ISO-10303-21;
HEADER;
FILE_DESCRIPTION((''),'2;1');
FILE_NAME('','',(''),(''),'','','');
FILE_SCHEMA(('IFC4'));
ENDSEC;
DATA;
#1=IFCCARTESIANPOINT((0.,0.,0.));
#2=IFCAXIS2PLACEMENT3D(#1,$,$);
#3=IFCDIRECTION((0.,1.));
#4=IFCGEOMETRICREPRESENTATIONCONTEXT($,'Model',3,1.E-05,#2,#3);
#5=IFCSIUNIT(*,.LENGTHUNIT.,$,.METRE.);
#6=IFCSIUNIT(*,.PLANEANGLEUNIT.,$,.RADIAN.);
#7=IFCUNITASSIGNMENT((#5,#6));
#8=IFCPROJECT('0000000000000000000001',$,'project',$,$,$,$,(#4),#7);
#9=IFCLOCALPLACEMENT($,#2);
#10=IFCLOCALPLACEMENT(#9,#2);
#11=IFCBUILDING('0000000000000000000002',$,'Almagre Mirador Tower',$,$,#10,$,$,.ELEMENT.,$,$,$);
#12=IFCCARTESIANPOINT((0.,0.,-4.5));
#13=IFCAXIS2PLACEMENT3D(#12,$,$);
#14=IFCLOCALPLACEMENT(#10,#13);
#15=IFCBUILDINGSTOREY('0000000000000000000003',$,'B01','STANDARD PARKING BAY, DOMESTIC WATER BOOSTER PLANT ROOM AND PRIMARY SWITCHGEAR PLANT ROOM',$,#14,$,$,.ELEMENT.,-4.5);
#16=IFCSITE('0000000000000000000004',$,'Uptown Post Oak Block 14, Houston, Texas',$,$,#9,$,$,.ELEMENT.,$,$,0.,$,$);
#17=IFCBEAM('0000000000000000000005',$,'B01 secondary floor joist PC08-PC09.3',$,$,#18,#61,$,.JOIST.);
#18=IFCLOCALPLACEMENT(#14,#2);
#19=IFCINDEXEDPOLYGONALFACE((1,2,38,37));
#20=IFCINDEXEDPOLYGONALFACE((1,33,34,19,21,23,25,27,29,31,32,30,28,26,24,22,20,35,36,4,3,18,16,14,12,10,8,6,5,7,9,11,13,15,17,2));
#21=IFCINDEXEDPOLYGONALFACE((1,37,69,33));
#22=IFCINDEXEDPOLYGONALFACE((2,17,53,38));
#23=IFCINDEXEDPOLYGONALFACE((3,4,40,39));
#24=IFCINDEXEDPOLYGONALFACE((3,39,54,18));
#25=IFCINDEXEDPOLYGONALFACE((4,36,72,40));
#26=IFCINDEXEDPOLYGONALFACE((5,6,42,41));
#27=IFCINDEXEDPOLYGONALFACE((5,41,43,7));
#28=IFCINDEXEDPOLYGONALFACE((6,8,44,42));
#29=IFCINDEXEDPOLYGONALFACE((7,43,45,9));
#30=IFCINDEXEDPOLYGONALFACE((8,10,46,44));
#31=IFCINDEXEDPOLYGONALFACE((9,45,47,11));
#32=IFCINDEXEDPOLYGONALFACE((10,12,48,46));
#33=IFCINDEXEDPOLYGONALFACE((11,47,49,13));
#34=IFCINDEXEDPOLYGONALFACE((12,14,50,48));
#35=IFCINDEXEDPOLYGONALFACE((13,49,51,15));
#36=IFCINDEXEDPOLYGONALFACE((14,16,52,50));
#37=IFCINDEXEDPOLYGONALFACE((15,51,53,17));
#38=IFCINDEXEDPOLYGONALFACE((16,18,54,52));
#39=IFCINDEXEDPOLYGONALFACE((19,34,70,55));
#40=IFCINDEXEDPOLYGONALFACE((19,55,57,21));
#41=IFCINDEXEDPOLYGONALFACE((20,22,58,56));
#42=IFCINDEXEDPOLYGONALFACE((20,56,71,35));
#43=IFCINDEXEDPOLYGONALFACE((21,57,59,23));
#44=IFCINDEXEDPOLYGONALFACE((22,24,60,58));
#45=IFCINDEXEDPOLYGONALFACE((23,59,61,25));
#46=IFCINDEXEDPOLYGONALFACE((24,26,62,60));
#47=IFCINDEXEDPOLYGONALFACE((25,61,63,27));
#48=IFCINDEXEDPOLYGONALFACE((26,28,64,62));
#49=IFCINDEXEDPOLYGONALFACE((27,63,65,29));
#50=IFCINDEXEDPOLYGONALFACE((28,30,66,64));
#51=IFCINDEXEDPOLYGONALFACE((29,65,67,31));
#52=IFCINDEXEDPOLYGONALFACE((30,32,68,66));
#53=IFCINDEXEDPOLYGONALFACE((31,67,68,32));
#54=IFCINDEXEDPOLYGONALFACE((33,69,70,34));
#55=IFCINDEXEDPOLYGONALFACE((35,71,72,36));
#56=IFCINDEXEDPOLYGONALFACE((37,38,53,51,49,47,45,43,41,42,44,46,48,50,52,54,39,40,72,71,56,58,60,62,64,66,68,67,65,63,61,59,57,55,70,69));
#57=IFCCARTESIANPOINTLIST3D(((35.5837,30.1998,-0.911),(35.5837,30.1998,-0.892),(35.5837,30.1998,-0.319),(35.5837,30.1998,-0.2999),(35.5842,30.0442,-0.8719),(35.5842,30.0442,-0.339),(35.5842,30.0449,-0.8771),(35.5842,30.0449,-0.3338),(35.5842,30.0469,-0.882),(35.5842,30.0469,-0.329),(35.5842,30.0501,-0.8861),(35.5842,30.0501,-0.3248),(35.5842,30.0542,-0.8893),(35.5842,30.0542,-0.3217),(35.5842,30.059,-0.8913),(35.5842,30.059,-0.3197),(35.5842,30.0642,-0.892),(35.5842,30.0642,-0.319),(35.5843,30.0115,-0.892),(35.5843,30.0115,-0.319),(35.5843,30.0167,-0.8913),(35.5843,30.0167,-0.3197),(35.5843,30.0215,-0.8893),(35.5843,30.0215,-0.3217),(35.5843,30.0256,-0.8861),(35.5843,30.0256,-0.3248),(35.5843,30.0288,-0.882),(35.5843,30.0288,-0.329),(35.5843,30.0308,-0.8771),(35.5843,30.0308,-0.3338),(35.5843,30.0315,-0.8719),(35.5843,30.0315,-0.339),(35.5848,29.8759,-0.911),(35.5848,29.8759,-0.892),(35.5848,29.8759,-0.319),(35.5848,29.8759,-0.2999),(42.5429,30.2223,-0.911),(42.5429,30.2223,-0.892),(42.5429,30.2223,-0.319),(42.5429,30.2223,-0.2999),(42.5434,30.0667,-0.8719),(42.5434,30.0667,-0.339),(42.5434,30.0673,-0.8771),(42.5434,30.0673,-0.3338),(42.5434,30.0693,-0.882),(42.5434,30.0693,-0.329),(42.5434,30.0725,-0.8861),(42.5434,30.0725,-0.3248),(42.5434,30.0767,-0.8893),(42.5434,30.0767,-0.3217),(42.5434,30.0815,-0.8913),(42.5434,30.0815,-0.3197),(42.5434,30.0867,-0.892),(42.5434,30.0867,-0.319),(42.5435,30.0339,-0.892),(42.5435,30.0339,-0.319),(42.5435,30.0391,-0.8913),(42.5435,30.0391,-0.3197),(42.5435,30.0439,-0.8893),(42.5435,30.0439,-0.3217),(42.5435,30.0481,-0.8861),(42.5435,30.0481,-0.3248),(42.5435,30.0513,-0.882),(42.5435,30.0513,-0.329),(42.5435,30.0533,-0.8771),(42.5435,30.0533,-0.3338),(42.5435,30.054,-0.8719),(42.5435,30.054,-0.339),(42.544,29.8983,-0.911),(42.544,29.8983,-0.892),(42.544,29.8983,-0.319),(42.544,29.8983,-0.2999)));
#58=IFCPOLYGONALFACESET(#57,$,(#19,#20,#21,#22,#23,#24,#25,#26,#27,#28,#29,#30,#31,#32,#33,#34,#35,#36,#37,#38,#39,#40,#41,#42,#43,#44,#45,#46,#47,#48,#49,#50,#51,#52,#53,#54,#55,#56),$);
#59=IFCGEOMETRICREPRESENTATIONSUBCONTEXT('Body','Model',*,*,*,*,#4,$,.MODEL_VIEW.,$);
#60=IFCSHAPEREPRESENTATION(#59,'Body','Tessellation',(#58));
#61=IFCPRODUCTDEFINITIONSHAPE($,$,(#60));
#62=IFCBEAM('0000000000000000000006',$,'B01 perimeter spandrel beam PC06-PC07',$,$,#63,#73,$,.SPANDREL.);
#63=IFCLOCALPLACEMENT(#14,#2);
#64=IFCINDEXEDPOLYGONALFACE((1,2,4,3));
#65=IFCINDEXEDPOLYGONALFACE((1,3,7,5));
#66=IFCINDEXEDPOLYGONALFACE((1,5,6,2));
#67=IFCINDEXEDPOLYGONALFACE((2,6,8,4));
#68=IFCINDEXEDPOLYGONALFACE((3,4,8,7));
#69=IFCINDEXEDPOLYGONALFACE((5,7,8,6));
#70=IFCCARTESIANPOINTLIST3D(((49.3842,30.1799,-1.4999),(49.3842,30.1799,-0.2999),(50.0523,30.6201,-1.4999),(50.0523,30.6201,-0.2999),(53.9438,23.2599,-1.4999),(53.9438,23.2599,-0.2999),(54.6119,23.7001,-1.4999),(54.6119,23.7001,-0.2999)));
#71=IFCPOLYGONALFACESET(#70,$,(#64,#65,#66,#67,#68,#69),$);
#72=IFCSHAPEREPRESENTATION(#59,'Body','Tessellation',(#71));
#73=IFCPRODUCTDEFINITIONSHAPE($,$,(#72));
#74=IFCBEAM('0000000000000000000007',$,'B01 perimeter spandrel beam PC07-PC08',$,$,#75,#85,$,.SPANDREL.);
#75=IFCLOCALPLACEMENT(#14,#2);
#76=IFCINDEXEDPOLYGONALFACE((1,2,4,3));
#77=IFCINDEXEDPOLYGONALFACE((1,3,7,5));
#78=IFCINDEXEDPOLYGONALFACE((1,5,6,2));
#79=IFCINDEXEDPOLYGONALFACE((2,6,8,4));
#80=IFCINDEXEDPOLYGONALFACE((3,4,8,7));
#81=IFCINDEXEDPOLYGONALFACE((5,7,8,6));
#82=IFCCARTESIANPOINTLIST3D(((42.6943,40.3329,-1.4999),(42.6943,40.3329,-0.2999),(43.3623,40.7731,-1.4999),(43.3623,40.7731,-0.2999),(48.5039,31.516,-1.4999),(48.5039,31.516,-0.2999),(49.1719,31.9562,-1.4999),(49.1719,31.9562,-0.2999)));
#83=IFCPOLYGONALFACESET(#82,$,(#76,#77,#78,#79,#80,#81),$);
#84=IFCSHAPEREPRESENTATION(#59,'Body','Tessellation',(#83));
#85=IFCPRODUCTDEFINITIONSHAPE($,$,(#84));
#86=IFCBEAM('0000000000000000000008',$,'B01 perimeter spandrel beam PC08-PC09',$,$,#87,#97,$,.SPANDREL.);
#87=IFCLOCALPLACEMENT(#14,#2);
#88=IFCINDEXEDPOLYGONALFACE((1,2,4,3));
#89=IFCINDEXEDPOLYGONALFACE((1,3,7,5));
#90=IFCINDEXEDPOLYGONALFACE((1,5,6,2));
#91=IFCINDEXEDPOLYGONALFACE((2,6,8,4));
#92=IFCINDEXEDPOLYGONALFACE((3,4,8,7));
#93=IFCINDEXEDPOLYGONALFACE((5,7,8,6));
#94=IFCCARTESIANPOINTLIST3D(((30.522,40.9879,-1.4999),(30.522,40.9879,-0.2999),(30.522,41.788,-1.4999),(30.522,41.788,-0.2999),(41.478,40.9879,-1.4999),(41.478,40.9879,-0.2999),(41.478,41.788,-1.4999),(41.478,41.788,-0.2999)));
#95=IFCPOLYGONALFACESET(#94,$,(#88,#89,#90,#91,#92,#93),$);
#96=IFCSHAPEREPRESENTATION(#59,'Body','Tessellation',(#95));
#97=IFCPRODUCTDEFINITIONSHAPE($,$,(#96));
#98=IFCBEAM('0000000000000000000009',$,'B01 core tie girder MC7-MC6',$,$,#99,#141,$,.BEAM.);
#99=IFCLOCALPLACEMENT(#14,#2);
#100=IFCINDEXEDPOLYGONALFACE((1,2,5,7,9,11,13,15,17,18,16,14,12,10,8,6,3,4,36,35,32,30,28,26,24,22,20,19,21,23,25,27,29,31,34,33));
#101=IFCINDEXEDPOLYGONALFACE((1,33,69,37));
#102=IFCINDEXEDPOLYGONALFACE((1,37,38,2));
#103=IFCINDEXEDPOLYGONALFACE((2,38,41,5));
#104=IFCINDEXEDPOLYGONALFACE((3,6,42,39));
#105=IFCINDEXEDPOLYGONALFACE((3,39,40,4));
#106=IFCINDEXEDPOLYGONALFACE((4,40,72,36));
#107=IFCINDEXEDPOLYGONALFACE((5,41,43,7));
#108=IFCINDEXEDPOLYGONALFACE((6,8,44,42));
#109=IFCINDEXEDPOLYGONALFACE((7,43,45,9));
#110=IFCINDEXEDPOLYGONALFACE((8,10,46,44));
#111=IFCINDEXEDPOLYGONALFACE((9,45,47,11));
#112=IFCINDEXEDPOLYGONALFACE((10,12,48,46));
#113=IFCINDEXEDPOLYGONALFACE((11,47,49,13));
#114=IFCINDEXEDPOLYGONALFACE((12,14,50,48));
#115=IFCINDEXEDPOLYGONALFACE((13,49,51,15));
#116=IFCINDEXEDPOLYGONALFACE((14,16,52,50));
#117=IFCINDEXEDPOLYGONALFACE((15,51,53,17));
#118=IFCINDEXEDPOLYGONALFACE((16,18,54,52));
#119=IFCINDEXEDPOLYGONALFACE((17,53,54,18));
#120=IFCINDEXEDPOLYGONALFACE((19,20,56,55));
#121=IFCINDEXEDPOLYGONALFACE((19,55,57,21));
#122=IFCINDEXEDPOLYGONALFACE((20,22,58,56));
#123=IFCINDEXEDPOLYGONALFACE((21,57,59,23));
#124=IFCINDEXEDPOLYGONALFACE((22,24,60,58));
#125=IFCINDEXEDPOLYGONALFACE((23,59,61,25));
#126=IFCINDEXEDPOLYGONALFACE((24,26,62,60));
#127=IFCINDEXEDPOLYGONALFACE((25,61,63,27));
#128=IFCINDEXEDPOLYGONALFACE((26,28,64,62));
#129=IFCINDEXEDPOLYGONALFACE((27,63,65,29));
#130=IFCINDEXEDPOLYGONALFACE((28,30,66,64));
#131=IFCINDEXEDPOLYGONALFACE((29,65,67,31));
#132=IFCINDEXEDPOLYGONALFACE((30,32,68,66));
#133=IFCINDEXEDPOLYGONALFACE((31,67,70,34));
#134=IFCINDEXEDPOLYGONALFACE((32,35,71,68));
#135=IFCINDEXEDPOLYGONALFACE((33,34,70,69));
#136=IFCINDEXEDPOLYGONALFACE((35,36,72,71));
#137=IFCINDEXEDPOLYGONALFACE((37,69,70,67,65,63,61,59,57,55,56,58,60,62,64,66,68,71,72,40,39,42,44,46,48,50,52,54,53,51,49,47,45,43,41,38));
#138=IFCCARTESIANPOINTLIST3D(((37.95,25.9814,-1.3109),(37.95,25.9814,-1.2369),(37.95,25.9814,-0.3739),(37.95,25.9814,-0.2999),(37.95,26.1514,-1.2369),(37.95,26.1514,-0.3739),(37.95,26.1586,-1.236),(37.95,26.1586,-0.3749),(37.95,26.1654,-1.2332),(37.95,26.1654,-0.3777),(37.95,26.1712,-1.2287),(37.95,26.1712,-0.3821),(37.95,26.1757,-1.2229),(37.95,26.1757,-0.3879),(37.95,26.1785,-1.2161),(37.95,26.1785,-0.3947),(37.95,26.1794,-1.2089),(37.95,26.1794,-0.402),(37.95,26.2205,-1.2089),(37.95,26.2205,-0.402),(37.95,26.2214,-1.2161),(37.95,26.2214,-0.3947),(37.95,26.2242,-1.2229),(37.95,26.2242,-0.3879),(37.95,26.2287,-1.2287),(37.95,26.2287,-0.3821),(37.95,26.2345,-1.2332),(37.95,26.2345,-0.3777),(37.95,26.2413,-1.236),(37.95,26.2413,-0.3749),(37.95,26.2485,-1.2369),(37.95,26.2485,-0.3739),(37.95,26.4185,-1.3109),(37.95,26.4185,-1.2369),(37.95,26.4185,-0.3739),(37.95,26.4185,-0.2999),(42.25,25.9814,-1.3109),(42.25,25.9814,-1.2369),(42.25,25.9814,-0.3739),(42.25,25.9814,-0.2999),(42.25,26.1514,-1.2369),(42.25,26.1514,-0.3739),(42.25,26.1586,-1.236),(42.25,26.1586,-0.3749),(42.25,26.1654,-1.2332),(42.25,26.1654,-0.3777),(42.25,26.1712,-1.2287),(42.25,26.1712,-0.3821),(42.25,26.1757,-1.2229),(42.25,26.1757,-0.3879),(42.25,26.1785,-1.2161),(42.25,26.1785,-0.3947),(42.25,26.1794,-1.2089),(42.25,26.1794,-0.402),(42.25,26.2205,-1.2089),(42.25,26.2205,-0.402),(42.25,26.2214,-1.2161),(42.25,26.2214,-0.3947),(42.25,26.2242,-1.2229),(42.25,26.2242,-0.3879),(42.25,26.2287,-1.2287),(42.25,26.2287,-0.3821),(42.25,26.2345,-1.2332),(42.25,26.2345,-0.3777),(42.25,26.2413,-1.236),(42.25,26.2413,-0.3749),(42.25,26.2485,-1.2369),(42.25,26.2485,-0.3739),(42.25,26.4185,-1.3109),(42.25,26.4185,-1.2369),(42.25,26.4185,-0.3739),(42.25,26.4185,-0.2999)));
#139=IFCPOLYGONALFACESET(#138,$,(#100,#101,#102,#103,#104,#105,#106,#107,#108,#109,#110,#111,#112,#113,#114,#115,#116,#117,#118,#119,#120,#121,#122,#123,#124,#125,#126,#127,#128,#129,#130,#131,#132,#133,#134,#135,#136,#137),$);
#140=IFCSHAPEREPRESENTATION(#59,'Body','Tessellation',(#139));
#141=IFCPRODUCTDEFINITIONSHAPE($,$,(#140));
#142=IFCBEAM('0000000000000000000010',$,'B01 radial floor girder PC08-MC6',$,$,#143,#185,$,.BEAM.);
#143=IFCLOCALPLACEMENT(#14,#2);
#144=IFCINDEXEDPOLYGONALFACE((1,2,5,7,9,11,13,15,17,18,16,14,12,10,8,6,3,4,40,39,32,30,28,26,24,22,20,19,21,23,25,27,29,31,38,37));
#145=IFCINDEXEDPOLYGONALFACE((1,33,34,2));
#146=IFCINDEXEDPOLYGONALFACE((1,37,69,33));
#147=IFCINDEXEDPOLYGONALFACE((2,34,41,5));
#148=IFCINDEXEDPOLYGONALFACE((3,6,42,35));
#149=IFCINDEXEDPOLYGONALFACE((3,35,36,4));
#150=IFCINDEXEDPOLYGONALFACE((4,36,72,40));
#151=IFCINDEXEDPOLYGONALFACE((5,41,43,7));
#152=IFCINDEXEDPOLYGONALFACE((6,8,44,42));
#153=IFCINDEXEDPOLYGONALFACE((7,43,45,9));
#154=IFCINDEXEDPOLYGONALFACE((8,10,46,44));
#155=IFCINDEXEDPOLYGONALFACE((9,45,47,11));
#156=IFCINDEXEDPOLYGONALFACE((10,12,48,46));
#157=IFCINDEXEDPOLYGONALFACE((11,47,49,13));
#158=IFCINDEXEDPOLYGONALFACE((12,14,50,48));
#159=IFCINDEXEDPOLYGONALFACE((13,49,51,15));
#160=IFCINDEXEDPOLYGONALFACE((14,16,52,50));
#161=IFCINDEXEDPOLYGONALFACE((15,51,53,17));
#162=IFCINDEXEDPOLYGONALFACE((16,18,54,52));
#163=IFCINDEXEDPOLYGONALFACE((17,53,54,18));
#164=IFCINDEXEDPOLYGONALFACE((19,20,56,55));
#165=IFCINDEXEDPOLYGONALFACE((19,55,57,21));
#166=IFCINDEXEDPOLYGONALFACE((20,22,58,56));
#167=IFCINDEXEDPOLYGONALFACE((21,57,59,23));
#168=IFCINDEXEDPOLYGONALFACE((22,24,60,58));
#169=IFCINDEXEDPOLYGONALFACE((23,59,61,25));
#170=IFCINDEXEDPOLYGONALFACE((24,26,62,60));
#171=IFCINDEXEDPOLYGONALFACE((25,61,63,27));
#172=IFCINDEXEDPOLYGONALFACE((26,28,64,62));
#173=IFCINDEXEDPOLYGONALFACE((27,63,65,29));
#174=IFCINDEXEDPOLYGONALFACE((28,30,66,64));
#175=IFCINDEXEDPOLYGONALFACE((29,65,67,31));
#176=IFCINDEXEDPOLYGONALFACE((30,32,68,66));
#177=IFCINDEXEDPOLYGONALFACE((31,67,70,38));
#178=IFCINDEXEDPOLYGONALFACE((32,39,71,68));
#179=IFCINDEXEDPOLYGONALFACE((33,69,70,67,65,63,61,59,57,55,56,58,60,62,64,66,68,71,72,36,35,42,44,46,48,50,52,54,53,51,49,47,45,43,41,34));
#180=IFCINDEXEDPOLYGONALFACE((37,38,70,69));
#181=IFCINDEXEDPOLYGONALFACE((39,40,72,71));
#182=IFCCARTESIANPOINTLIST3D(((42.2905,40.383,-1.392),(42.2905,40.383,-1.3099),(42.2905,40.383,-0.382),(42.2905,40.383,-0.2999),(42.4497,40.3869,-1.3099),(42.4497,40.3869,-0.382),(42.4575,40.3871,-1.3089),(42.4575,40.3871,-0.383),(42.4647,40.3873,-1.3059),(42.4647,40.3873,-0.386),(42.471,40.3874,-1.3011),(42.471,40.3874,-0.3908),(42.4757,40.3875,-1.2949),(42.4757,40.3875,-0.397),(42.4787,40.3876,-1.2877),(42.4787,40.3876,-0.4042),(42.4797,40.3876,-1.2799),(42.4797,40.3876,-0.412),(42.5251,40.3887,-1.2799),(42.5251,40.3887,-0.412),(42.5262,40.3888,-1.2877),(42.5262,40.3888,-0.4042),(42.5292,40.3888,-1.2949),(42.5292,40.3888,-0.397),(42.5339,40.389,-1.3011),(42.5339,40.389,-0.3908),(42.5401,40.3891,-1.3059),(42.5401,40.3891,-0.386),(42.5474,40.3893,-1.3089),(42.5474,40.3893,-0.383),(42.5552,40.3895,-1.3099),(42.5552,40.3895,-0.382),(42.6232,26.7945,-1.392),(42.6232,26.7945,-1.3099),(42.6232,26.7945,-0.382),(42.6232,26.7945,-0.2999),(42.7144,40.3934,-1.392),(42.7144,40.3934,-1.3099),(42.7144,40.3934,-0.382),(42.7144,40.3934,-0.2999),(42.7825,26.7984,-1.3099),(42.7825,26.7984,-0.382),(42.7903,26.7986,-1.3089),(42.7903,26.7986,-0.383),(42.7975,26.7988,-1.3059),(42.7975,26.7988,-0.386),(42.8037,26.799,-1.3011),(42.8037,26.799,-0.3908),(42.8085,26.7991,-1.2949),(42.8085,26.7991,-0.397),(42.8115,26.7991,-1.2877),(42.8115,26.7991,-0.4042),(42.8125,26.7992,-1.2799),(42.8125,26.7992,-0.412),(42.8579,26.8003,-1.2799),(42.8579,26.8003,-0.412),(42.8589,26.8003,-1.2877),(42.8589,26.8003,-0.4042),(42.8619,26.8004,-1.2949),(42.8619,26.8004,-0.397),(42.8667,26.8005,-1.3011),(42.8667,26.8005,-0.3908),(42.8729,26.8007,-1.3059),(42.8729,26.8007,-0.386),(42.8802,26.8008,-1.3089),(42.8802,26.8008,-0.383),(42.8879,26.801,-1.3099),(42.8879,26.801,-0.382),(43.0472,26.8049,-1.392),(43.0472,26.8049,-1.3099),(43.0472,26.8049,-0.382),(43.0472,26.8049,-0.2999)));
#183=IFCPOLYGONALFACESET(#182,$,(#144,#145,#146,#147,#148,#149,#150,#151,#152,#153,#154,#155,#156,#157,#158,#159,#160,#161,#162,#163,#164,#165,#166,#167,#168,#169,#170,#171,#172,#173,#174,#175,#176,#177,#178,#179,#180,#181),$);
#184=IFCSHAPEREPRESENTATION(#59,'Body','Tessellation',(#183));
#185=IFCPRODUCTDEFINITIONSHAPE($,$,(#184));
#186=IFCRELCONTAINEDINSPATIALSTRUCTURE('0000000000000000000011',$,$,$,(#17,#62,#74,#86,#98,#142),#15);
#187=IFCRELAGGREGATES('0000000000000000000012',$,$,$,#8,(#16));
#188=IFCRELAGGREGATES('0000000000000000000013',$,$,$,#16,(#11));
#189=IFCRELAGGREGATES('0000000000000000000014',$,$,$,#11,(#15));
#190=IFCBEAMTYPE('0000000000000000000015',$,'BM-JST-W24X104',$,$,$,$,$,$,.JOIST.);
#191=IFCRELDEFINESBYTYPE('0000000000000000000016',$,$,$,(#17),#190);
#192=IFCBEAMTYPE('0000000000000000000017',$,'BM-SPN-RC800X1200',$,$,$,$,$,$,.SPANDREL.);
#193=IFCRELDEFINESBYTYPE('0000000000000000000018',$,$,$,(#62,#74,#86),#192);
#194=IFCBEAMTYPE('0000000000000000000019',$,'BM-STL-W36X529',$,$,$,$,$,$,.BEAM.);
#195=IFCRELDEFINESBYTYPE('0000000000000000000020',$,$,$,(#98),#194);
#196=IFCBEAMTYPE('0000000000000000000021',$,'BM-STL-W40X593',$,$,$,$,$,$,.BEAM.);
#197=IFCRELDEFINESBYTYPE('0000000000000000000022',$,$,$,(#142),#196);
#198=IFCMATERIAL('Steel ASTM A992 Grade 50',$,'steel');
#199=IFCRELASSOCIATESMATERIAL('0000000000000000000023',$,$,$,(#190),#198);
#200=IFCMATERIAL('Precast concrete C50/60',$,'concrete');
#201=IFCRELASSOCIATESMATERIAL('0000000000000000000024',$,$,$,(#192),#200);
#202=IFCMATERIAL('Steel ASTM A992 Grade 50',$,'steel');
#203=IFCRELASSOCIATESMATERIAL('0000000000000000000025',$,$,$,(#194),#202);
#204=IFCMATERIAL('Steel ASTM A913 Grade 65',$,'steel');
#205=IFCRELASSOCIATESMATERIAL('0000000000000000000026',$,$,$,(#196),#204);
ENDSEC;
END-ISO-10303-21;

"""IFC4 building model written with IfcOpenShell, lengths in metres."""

from ifc_helpers import new_model, si_unit, direction, frame, origin, origin_2d, place, context, subcontext, project, spatial, rectangle, i_section, extrude, material, material_profile, profile_set, type_object, element, save


model = new_model("IFC4")

# Units and contexts
model_context = context("Model", 3, precision=1e-05, world=origin(), true_north=direction((0.0, 1.0)))
body_context = subcontext(model_context, "Body", "Model", "MODEL_VIEW")
ifc_project = project(units=[si_unit("LENGTHUNIT", "METRE"), si_unit("PLANEANGLEUNIT", "RADIAN")], contexts=[model_context])

# Site, building, storey
site_placement = place(None, origin())
site = spatial("IfcSite", under=ifc_project, at=site_placement, Name="Uptown Post Oak Block 14, Houston, Texas", CompositionType="ELEMENT", RefElevation=0.0)
building_placement = place(site_placement, origin())
building = spatial("IfcBuilding", under=site, at=building_placement, Name="Almagre Mirador Tower", CompositionType="ELEMENT")
storey_placement = place(building_placement, frame((0.0, 0.0, -4.5)))
storey = spatial("IfcBuildingStorey", under=building, at=storey_placement, Name="B01", Description="STANDARD PARKING BAY, DOMESTIC WATER BOOSTER PLANT ROOM AND PRIMARY SWITCHGEAR PLANT ROOM", CompositionType="ELEMENT", Elevation=-4.5)

# Beams
ifc_material_1 = material(Name="Steel ASTM A992 Grade 50", Category="steel")
ifc_material_profile_1 = material_profile(ifc_material_1, i_section(OverallWidth=0.324, OverallDepth=0.6111, WebThickness=0.0127, FlangeThickness=0.019, FilletRadius=0.02, at=origin_2d()), Name="W24X104")
ifc_profile_set_1 = profile_set([ifc_material_profile_1], Name="Steel ASTM A992 Grade 50")
beam_type_1 = type_object("IfcBeamType", Name="BM-JST-W24X104", PredefinedType="JOIST", material=ifc_profile_set_1)
beam_1_placement = place(storey_placement, frame((42.5435, 30.0603, -0.6055), z_axis=(-0.999995, -0.003227, 0.0), x_axis=(0.003227, -0.999995, 0.0)))
element("IfcBeam", 1, at=beam_1_placement, inside=storey, type_object=beam_type_1, Name="B01 secondary floor joist PC08-PC09.3", PredefinedType="JOIST", context=body_context, shape_type="SweptSolid", body=[
    extrude(i_section(OverallWidth=0.324, OverallDepth=0.6111, WebThickness=0.0127, FlangeThickness=0.019, FilletRadius=0.02, at=origin_2d()), origin(), (0.0, 0.0, 1.0), 6.9592),
])
ifc_material_2 = material(Name="Precast concrete C50/60", Category="concrete")
ifc_material_profile_2 = material_profile(ifc_material_2, rectangle(XDim=0.8, YDim=1.2, at=origin_2d()), Name="RC800X1200")
ifc_profile_set_2 = profile_set([ifc_material_profile_2], Name="Precast concrete C50/60")
beam_type_2 = type_object("IfcBeamType", Name="BM-SPN-RC800X1200", PredefinedType="SPANDREL", material=ifc_profile_set_2)
beam_2_placement = place(storey_placement, frame((54.2778, 23.48, -0.8999), z_axis=(-0.550205, 0.83503, 0.0), x_axis=(-0.83503, -0.550205, 0.0)))
element("IfcBeam", 2, at=beam_2_placement, inside=storey, type_object=beam_type_2, Name="B01 perimeter spandrel beam PC06-PC07", PredefinedType="SPANDREL", context=body_context, shape_type="SweptSolid", body=[
    extrude(rectangle(XDim=0.8, YDim=1.2, at=origin_2d()), origin(), (0.0, 0.0, 1.0), 8.2871),
])
beam_3_placement = place(storey_placement, frame((48.8379, 31.7361, -0.8999), z_axis=(-0.55021, 0.835026, 0.0), x_axis=(-0.835026, -0.55021, 0.0)))
element("IfcBeam", 3, at=beam_3_placement, inside=storey, type_object=beam_type_2, Name="B01 perimeter spandrel beam PC07-PC08", PredefinedType="SPANDREL", context=body_context, shape_type="SweptSolid", body=[
    extrude(rectangle(XDim=0.8, YDim=1.2, at=origin_2d()), origin(), (0.0, 0.0, 1.0), 10.5588),
])
beam_4_placement = place(storey_placement, frame((41.478, 41.3879, -0.8999), z_axis=(-1.0, 0.0, 0.0), x_axis=(0.0, -1.0, 0.0)))
element("IfcBeam", 4, at=beam_4_placement, inside=storey, type_object=beam_type_2, Name="B01 perimeter spandrel beam PC08-PC09", PredefinedType="SPANDREL", context=body_context, shape_type="SweptSolid", body=[
    extrude(rectangle(XDim=0.8, YDim=1.2, at=origin_2d()), origin(), (0.0, 0.0, 1.0), 10.9561),
])
ifc_material_3 = material(Name="Steel ASTM A992 Grade 50", Category="steel")
ifc_material_profile_3 = material_profile(ifc_material_3, i_section(OverallWidth=0.437, OverallDepth=1.011, WebThickness=0.041, FlangeThickness=0.074, FilletRadius=0.0281, at=origin_2d()), Name="W36X529")
ifc_profile_set_3 = profile_set([ifc_material_profile_3], Name="Steel ASTM A992 Grade 50")
beam_type_3 = type_object("IfcBeamType", Name="BM-STL-W36X529", PredefinedType="BEAM", material=ifc_profile_set_3)
beam_5_placement = place(storey_placement, frame((37.95, 26.2, -0.8054), z_axis=(1.0, 0.0, 0.0), x_axis=(0.0, 1.0, 0.0)))
element("IfcBeam", 5, at=beam_5_placement, inside=storey, type_object=beam_type_3, Name="B01 core tie girder MC7-MC6", PredefinedType="BEAM", context=body_context, shape_type="SweptSolid", body=[
    extrude(i_section(OverallWidth=0.437, OverallDepth=1.011, WebThickness=0.041, FlangeThickness=0.074, FilletRadius=0.0281, at=origin_2d()), origin(), (0.0, 0.0, 1.0), 4.3),
])
ifc_material_4 = material(Name="Steel ASTM A913 Grade 65", Category="steel")
ifc_material_profile_4 = material_profile(ifc_material_4, i_section(OverallWidth=0.4241, OverallDepth=1.092, WebThickness=0.0454, FlangeThickness=0.082, FilletRadius=0.03, at=origin_2d()), Name="W40X593")
ifc_profile_set_4 = profile_set([ifc_material_profile_4], Name="Steel ASTM A913 Grade 65")
beam_type_4 = type_object("IfcBeamType", Name="BM-STL-W40X593", PredefinedType="BEAM", material=ifc_profile_set_4)
beam_6_placement = place(storey_placement, frame((42.5024, 40.3882, -0.8459), z_axis=(0.024482, -0.9997, 0.0), x_axis=(0.9997, 0.024482, 0.0)))
element("IfcBeam", 6, at=beam_6_placement, inside=storey, type_object=beam_type_4, Name="B01 radial floor girder PC08-MC6", PredefinedType="BEAM", context=body_context, shape_type="SweptSolid", body=[
    extrude(i_section(OverallWidth=0.4241, OverallDepth=1.092, WebThickness=0.0454, FlangeThickness=0.082, FilletRadius=0.03, at=origin_2d()), origin(), (0.0, 0.0, 1.0), 13.5925),
])

save(model, "model.ifc")
